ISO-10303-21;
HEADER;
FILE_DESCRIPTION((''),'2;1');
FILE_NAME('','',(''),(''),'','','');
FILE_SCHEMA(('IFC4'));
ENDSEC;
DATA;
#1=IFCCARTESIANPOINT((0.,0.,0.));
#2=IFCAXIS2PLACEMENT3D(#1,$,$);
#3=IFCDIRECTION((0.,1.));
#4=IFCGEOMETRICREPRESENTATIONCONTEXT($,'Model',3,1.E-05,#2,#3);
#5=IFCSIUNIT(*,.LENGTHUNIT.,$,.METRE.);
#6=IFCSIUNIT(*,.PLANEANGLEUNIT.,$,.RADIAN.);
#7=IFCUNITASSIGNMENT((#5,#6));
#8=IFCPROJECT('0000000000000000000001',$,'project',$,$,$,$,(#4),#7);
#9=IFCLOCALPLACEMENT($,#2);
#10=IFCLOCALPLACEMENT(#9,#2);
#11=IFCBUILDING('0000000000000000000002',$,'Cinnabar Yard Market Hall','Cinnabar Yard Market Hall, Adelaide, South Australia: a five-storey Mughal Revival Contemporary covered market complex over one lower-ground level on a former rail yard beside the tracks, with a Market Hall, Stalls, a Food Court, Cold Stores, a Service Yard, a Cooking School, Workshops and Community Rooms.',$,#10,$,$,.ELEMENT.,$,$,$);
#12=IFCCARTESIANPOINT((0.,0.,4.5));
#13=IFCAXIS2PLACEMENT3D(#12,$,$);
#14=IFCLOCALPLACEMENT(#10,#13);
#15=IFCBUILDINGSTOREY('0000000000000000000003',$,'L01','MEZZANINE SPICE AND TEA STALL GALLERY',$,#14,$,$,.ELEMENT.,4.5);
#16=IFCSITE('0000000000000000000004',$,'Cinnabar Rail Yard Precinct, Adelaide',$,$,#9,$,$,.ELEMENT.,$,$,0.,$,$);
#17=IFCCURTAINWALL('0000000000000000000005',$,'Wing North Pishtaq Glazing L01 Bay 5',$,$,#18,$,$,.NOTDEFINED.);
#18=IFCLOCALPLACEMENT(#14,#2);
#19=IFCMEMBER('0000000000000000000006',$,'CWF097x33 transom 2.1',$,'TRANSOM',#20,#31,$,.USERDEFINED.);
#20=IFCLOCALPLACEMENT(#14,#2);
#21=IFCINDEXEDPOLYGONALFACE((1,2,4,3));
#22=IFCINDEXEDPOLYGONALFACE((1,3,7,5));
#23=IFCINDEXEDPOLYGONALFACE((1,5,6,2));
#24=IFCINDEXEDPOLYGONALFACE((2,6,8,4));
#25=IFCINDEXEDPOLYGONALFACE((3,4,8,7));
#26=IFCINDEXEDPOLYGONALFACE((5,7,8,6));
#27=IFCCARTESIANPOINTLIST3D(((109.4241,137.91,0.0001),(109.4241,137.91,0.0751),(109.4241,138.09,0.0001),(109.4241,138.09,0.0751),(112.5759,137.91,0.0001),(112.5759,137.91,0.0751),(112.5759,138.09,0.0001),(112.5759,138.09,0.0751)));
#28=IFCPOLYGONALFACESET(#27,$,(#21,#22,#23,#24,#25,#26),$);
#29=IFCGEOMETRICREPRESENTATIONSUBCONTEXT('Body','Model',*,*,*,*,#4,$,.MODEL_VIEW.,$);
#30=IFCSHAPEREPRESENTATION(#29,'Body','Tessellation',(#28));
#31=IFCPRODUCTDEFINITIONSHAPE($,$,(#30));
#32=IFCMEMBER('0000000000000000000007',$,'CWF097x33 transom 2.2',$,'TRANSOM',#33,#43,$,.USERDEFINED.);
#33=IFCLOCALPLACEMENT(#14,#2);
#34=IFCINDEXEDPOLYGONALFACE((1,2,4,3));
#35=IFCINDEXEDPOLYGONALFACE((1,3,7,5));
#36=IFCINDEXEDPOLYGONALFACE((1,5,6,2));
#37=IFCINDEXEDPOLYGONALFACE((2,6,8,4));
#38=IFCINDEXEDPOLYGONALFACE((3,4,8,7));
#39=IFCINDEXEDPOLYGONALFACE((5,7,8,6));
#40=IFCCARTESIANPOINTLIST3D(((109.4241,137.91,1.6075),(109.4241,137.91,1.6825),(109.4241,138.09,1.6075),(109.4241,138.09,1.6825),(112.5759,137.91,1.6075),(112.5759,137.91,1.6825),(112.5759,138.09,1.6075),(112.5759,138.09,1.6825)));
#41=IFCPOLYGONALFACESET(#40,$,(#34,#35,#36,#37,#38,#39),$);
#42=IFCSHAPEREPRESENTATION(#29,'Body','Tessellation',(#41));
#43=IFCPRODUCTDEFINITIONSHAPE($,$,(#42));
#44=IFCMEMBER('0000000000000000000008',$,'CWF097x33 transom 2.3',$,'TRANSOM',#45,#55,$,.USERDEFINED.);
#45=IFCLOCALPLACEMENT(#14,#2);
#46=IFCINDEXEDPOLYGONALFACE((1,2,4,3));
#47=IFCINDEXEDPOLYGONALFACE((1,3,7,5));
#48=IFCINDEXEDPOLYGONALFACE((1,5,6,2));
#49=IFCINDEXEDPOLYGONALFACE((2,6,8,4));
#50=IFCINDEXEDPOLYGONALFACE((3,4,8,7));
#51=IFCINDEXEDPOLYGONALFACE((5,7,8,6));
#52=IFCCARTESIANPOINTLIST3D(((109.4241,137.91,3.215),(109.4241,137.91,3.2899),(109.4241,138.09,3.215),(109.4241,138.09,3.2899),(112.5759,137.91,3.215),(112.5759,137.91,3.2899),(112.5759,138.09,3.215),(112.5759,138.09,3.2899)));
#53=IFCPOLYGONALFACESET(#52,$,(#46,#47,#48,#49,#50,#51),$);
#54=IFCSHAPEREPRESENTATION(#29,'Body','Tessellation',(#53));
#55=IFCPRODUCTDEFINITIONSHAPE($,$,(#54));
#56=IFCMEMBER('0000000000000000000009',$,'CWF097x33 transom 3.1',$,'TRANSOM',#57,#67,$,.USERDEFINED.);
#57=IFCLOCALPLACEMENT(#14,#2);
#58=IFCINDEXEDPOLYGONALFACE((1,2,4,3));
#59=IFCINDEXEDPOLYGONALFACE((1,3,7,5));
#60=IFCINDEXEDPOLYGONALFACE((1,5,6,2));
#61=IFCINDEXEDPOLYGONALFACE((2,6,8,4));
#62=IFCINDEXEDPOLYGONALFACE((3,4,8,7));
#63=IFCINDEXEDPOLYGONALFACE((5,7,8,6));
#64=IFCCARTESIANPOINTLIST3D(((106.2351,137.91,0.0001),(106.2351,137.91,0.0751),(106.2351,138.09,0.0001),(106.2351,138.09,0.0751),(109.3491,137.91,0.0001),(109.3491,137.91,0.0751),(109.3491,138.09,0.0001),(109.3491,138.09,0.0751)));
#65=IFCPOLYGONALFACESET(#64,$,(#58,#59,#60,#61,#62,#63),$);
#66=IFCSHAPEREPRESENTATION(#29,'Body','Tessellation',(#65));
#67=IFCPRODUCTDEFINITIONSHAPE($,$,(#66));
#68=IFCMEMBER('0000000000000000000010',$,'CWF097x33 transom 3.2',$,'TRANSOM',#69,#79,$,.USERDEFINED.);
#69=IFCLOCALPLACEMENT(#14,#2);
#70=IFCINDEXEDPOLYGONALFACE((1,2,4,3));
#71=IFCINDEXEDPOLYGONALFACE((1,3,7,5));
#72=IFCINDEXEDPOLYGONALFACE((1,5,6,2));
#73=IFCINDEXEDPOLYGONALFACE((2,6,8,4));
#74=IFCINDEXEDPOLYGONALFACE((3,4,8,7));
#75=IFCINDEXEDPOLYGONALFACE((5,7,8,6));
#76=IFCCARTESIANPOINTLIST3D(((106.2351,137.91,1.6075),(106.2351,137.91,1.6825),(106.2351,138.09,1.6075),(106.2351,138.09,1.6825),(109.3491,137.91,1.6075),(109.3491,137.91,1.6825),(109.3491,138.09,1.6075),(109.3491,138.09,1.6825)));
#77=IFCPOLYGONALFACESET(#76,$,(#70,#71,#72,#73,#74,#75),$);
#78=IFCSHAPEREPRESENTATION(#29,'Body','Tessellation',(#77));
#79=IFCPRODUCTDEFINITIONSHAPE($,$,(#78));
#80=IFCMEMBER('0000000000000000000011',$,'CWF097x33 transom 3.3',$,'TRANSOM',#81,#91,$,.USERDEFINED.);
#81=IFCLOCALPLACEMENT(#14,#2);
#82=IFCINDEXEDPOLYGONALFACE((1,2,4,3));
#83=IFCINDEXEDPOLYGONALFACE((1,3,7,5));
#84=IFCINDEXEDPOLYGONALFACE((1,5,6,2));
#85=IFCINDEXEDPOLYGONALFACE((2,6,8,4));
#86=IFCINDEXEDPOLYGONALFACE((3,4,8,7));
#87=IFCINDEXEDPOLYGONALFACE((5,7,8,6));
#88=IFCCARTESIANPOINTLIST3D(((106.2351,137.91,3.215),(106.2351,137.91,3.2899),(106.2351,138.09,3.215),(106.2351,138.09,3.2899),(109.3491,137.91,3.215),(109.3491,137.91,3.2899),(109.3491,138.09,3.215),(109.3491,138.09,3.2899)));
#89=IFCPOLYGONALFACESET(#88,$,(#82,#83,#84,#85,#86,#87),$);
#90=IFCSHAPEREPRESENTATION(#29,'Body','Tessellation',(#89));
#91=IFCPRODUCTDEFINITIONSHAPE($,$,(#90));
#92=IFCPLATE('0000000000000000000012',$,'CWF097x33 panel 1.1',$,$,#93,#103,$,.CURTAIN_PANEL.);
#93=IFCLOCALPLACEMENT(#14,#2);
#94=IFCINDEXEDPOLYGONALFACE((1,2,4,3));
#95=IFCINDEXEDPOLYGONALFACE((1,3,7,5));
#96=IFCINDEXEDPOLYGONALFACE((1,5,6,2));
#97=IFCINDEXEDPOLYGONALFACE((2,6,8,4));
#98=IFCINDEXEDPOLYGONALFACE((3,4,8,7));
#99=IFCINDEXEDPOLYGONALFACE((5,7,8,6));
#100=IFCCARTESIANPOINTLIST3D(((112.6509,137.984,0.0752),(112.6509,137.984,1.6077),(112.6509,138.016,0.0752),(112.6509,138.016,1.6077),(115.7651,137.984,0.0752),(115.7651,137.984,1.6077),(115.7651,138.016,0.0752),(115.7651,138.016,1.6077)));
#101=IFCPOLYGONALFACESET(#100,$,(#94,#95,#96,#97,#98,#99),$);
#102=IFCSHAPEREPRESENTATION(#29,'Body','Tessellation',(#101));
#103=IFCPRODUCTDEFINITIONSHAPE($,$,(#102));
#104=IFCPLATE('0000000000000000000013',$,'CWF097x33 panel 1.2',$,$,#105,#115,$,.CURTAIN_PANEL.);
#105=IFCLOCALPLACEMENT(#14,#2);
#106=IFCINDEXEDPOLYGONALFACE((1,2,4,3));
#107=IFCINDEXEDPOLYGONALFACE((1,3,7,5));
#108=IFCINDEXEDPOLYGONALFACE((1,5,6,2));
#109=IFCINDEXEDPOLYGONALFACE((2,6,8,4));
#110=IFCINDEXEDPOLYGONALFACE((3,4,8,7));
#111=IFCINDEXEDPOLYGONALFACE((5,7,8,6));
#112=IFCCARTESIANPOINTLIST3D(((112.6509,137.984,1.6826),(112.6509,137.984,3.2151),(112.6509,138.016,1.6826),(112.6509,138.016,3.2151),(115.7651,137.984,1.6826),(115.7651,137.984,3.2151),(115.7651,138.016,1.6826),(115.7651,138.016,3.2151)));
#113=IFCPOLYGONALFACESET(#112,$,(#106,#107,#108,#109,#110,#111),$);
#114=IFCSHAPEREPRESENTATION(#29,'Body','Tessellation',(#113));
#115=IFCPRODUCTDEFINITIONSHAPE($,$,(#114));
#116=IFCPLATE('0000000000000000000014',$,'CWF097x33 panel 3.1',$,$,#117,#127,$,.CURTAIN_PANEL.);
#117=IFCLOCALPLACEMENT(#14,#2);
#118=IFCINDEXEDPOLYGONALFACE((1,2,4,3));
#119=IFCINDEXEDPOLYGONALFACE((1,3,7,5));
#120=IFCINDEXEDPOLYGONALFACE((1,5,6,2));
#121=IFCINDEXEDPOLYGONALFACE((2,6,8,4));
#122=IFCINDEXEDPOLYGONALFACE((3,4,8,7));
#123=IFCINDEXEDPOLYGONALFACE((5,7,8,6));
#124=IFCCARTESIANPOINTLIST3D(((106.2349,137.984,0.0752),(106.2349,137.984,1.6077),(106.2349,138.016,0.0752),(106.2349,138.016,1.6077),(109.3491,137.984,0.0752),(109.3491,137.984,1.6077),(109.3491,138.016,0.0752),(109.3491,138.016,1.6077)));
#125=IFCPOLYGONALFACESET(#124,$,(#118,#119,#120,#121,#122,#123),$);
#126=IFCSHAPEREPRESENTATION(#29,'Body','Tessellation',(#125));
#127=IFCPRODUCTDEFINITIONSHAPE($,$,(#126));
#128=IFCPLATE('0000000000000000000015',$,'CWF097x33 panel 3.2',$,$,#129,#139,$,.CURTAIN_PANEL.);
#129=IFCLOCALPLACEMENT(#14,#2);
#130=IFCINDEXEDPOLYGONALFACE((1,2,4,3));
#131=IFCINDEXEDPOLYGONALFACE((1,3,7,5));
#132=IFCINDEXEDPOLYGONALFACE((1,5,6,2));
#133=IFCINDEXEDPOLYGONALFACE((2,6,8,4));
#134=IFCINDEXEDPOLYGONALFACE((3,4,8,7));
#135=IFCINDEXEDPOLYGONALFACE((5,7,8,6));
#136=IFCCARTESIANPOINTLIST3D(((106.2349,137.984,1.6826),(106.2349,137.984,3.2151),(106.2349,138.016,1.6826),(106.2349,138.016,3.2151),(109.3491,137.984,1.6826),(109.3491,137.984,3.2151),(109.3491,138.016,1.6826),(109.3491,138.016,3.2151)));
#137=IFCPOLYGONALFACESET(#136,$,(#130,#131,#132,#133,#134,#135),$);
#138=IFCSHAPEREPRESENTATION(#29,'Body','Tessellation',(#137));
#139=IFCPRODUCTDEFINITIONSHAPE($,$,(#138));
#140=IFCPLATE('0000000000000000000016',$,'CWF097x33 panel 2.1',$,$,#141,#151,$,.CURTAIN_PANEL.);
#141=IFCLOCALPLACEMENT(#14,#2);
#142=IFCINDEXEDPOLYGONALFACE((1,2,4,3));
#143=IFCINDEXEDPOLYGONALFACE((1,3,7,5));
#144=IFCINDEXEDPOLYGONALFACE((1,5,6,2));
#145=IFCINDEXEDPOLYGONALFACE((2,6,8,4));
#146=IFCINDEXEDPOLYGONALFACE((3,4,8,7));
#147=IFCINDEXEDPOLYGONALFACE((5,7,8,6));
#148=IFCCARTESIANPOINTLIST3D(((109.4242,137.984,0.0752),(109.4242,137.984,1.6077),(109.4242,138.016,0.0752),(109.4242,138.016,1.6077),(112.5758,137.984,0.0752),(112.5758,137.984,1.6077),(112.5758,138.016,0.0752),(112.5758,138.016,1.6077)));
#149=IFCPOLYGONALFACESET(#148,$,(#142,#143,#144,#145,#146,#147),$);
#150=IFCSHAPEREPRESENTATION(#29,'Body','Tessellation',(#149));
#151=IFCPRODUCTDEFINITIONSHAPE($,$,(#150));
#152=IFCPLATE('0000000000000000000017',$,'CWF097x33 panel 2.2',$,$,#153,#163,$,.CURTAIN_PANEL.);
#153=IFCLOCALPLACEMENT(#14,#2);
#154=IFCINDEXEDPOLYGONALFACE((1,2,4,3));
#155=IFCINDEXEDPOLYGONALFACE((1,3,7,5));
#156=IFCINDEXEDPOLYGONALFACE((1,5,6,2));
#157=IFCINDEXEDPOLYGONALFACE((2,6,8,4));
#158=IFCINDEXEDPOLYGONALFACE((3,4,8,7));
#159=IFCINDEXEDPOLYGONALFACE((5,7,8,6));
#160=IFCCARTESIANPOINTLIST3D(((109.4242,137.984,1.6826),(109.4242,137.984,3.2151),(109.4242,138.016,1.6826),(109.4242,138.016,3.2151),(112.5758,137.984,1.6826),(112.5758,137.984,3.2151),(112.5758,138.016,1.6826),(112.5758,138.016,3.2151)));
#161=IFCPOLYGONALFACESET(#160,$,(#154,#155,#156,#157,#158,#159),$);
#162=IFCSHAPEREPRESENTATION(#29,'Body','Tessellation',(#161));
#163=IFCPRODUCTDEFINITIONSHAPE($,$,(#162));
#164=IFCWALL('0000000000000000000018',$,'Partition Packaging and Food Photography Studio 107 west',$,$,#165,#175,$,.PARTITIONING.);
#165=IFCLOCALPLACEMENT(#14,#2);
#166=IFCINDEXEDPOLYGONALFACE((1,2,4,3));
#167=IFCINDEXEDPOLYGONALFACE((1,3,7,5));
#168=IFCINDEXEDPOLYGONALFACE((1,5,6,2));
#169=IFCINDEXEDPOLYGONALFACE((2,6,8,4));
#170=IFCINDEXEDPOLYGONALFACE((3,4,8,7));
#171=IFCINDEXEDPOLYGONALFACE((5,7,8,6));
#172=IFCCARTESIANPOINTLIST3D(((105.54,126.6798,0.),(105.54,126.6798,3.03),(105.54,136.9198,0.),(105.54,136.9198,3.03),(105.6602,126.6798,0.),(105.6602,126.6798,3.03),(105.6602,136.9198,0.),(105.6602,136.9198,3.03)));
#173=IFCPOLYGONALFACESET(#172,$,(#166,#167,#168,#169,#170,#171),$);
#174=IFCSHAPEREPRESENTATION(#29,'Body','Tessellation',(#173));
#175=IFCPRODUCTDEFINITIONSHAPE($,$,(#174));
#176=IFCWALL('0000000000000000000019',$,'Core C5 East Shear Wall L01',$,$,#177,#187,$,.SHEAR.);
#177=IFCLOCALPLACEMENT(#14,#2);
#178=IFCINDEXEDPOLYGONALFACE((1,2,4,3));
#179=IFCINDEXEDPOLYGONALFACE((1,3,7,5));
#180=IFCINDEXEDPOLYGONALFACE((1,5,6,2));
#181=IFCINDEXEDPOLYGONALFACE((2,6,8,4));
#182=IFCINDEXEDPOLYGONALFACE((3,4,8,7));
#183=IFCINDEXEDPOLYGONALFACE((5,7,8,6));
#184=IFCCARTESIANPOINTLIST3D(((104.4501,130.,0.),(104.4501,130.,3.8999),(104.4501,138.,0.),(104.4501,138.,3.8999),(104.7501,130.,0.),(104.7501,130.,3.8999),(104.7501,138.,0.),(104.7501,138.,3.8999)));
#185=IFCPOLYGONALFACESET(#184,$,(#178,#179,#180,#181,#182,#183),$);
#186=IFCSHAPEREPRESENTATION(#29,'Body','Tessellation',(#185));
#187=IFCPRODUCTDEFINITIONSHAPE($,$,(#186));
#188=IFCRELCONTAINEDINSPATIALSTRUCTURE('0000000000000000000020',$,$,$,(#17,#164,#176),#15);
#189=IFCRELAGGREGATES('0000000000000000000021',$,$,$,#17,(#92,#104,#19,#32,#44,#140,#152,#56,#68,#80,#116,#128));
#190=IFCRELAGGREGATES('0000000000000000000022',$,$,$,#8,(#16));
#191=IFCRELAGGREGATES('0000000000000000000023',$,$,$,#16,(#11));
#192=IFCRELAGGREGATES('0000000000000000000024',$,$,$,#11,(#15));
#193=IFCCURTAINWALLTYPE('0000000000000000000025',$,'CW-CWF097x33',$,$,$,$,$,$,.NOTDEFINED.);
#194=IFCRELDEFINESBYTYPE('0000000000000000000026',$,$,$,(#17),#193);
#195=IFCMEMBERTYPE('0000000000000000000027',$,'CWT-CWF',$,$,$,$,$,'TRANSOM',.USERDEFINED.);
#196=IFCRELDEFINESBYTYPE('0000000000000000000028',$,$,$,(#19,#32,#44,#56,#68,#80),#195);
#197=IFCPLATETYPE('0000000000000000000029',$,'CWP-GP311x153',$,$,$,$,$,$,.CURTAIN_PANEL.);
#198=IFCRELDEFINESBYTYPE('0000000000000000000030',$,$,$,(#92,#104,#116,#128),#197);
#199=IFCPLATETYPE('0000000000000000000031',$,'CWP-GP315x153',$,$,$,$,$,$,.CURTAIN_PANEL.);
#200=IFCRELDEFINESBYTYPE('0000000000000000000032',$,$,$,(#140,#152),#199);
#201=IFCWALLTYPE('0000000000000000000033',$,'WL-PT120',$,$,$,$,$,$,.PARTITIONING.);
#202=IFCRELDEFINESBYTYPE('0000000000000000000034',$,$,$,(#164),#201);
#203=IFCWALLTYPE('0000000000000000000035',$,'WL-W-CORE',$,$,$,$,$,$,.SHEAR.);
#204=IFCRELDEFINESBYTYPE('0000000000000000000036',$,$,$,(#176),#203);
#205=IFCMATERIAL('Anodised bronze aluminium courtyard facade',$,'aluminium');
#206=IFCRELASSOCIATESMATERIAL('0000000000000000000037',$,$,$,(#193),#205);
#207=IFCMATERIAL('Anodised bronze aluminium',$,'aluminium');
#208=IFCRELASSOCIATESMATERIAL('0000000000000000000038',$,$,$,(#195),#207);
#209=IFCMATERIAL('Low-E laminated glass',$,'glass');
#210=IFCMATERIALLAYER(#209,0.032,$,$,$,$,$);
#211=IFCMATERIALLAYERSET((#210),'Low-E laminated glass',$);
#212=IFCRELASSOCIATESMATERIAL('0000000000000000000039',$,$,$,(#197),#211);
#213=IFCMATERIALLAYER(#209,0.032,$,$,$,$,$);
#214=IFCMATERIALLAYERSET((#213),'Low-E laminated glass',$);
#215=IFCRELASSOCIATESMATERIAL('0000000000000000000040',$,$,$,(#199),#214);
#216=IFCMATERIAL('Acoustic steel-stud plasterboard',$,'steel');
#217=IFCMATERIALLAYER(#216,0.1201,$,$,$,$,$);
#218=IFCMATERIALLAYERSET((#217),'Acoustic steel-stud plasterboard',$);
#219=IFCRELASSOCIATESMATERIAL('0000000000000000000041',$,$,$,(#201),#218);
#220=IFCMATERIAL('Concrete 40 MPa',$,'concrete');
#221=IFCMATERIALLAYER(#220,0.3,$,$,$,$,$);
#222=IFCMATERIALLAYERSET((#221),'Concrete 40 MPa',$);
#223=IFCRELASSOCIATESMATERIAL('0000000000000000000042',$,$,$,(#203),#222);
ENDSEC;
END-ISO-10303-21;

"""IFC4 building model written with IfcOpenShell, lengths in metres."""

from ifc_helpers import new_model, si_unit, direction, frame, frame_2d, origin, origin_2d_with_axis, place, context, subcontext, project, spatial, rectangle, extrude, material, layer, layer_set, material_profile, profile_set, type_object, element, aggregate, save


model = new_model("IFC4")

# Units and contexts
model_context = context("Model", 3, precision=1e-05, world=origin(), true_north=direction((0.0, 1.0)))
body_context = subcontext(model_context, "Body", "Model", "MODEL_VIEW")
ifc_project = project(units=[si_unit("LENGTHUNIT", "METRE"), si_unit("PLANEANGLEUNIT", "RADIAN")], contexts=[model_context])

# Site, building, storey
site_placement = place(None, origin())
site = spatial("IfcSite", under=ifc_project, at=site_placement, Name="Cinnabar Rail Yard Precinct, Adelaide", CompositionType="ELEMENT", RefElevation=0.0)
building_placement = place(site_placement, origin())
building = spatial("IfcBuilding", under=site, at=building_placement, Name="Cinnabar Yard Market Hall", Description="Cinnabar Yard Market Hall, Adelaide, South Australia: a five-storey Mughal Revival Contemporary covered market complex over one lower-ground level on a former rail yard beside the tracks, with a Market Hall, Stalls, a Food Court, Cold Stores, a Service Yard, a Cooking School, Workshops and Community Rooms.", CompositionType="ELEMENT")
storey_placement = place(building_placement, frame((0.0, 0.0, 4.5)))
storey = spatial("IfcBuildingStorey", under=building, at=storey_placement, Name="L01", Description="MEZZANINE SPICE AND TEA STALL GALLERY", CompositionType="ELEMENT", Elevation=4.5)

# Shared definitions
ifc_material_1 = material(Name="Concrete 40 MPa", Category="concrete")

# Curtain wall, members, plates
ifc_material_2 = material(Name="Anodised bronze aluminium courtyard facade", Category="aluminium")
curtain_wall_type = type_object("IfcCurtainWallType", Name="CW-CWF097x33", PredefinedType="NOTDEFINED", material=ifc_material_2)
curtain_wall_placement = place(storey_placement, origin())
curtain_wall = element("IfcCurtainWall", 1, at=curtain_wall_placement, inside=storey, type_object=curtain_wall_type, Name="Wing North Pishtaq Glazing L01 Bay 5", PredefinedType="NOTDEFINED")
ifc_material_3 = material(Name="Anodised bronze aluminium", Category="aluminium")
ifc_material_profile_1 = material_profile(ifc_material_3, rectangle(XDim=0.1799, YDim=0.075, at=origin_2d_with_axis()), Name="TRN-CWF")
ifc_profile_set_1 = profile_set([ifc_material_profile_1], Name="Anodised bronze aluminium")
member_type_1 = type_object("IfcMemberType", Name="CWT-CWF", ElementType="TRANSOM", PredefinedType="USERDEFINED", material=ifc_profile_set_1)
member_1_placement = place(storey_placement, frame((112.5759, 138.0, 0.0376), z_axis=(-1.0, 0.0, 0.0), x_axis=(0.0, -1.0, 0.0)))
member_1 = element("IfcMember", 2, at=member_1_placement, type_object=member_type_1, Name="CWF097x33 transom 2.1", ObjectType="TRANSOM", PredefinedType="USERDEFINED", context=body_context, shape_type="SweptSolid", body=[
    extrude(rectangle(XDim=0.1799, YDim=0.075, at=origin_2d_with_axis()), origin(), (0.0, 0.0, 1.0), 3.1519),
])
member_2_placement = place(storey_placement, frame((112.5759, 138.0, 1.645), z_axis=(-1.0, 0.0, 0.0), x_axis=(0.0, -1.0, 0.0)))
member_2 = element("IfcMember", 3, at=member_2_placement, type_object=member_type_1, Name="CWF097x33 transom 2.2", ObjectType="TRANSOM", PredefinedType="USERDEFINED", context=body_context, shape_type="SweptSolid", body=[
    extrude(rectangle(XDim=0.1799, YDim=0.075, at=origin_2d_with_axis()), origin(), (0.0, 0.0, 1.0), 3.1519),
])
member_3_placement = place(storey_placement, frame((112.5759, 138.0, 3.2524), z_axis=(-1.0, 0.0, 0.0), x_axis=(0.0, -1.0, 0.0)))
member_3 = element("IfcMember", 4, at=member_3_placement, type_object=member_type_1, Name="CWF097x33 transom 2.3", ObjectType="TRANSOM", PredefinedType="USERDEFINED", context=body_context, shape_type="SweptSolid", body=[
    extrude(rectangle(XDim=0.1799, YDim=0.075, at=origin_2d_with_axis()), origin(), (0.0, 0.0, 1.0), 3.1519),
])
member_4_placement = place(storey_placement, frame((109.3491, 138.0, 0.0376), z_axis=(-1.0, 0.0, 0.0), x_axis=(0.0, -1.0, 0.0)))
member_4 = element("IfcMember", 5, at=member_4_placement, type_object=member_type_1, Name="CWF097x33 transom 3.1", ObjectType="TRANSOM", PredefinedType="USERDEFINED", context=body_context, shape_type="SweptSolid", body=[
    extrude(rectangle(XDim=0.1799, YDim=0.075, at=origin_2d_with_axis()), origin(), (0.0, 0.0, 1.0), 3.114),
])
member_5_placement = place(storey_placement, frame((109.3491, 138.0, 1.645), z_axis=(-1.0, 0.0, 0.0), x_axis=(0.0, -1.0, 0.0)))
member_5 = element("IfcMember", 6, at=member_5_placement, type_object=member_type_1, Name="CWF097x33 transom 3.2", ObjectType="TRANSOM", PredefinedType="USERDEFINED", context=body_context, shape_type="SweptSolid", body=[
    extrude(rectangle(XDim=0.1799, YDim=0.075, at=origin_2d_with_axis()), origin(), (0.0, 0.0, 1.0), 3.114),
])
member_6_placement = place(storey_placement, frame((109.3491, 138.0, 3.2524), z_axis=(-1.0, 0.0, 0.0), x_axis=(0.0, -1.0, 0.0)))
member_6 = element("IfcMember", 7, at=member_6_placement, type_object=member_type_1, Name="CWF097x33 transom 3.3", ObjectType="TRANSOM", PredefinedType="USERDEFINED", context=body_context, shape_type="SweptSolid", body=[
    extrude(rectangle(XDim=0.1799, YDim=0.075, at=origin_2d_with_axis()), origin(), (0.0, 0.0, 1.0), 3.114),
])
ifc_material_4 = material(Name="Low-E laminated glass", Category="glass")
ifc_layer_1 = layer(ifc_material_4, 0.032)
ifc_layer_set_1 = layer_set([ifc_layer_1], Name="Low-E laminated glass")
plate_type_1 = type_object("IfcPlateType", Name="CWP-GP311x153", PredefinedType="CURTAIN_PANEL", material=ifc_layer_set_1)
plate_1_placement = place(storey_placement, frame((114.208, 138.0, 0.0752), z_axis=(0.0, 0.0, 1.0), x_axis=(-1.0, 0.0, 0.0)))
plate_1 = element("IfcPlate", 8, at=plate_1_placement, type_object=plate_type_1, Name="CWF097x33 panel 1.1", PredefinedType="CURTAIN_PANEL", context=body_context, shape_type="SweptSolid", body=[
    extrude(rectangle(XDim=3.1143, YDim=0.032, at=origin_2d_with_axis()), origin(), (0.0, 0.0, 1.0), 1.5325),
])
plate_2_placement = place(storey_placement, frame((114.208, 138.0, 1.6826), z_axis=(0.0, 0.0, 1.0), x_axis=(-1.0, 0.0, 0.0)))
plate_2 = element("IfcPlate", 9, at=plate_2_placement, type_object=plate_type_1, Name="CWF097x33 panel 1.2", PredefinedType="CURTAIN_PANEL", context=body_context, shape_type="SweptSolid", body=[
    extrude(rectangle(XDim=3.1143, YDim=0.032, at=origin_2d_with_axis()), origin(), (0.0, 0.0, 1.0), 1.5325),
])
plate_3_placement = place(storey_placement, frame((107.792, 138.0, 0.0752), z_axis=(0.0, 0.0, 1.0), x_axis=(-1.0, 0.0, 0.0)))
plate_3 = element("IfcPlate", 10, at=plate_3_placement, type_object=plate_type_1, Name="CWF097x33 panel 3.1", PredefinedType="CURTAIN_PANEL", context=body_context, shape_type="SweptSolid", body=[
    extrude(rectangle(XDim=3.1143, YDim=0.032, at=origin_2d_with_axis()), origin(), (0.0, 0.0, 1.0), 1.5325),
])
plate_4_placement = place(storey_placement, frame((107.792, 138.0, 1.6826), z_axis=(0.0, 0.0, 1.0), x_axis=(-1.0, 0.0, 0.0)))
plate_4 = element("IfcPlate", 11, at=plate_4_placement, type_object=plate_type_1, Name="CWF097x33 panel 3.2", PredefinedType="CURTAIN_PANEL", context=body_context, shape_type="SweptSolid", body=[
    extrude(rectangle(XDim=3.1143, YDim=0.032, at=origin_2d_with_axis()), origin(), (0.0, 0.0, 1.0), 1.5325),
])
ifc_layer_2 = layer(ifc_material_4, 0.032)
ifc_layer_set_2 = layer_set([ifc_layer_2], Name="Low-E laminated glass")
plate_type_2 = type_object("IfcPlateType", Name="CWP-GP315x153", PredefinedType="CURTAIN_PANEL", material=ifc_layer_set_2)
plate_5_placement = place(storey_placement, frame((111.0, 138.0, 0.0752), z_axis=(0.0, 0.0, 1.0), x_axis=(-1.0, 0.0, 0.0)))
plate_5 = element("IfcPlate", 12, at=plate_5_placement, type_object=plate_type_2, Name="CWF097x33 panel 2.1", PredefinedType="CURTAIN_PANEL", context=body_context, shape_type="SweptSolid", body=[
    extrude(rectangle(XDim=3.1516, YDim=0.032, at=origin_2d_with_axis()), origin(), (0.0, 0.0, 1.0), 1.5325),
])
plate_6_placement = place(storey_placement, frame((111.0, 138.0, 1.6826), z_axis=(0.0, 0.0, 1.0), x_axis=(-1.0, 0.0, 0.0)))
plate_6 = element("IfcPlate", 13, at=plate_6_placement, type_object=plate_type_2, Name="CWF097x33 panel 2.2", PredefinedType="CURTAIN_PANEL", context=body_context, shape_type="SweptSolid", body=[
    extrude(rectangle(XDim=3.1516, YDim=0.032, at=origin_2d_with_axis()), origin(), (0.0, 0.0, 1.0), 1.5325),
])
aggregate(curtain_wall, [plate_1, plate_2, member_1, member_2, member_3, plate_5, plate_6, member_4, member_5, member_6, plate_3, plate_4])

# Walls
ifc_material_5 = material(Name="Acoustic steel-stud plasterboard", Category="steel")
ifc_layer_3 = layer(ifc_material_5, 0.1201)
ifc_layer_set_3 = layer_set([ifc_layer_3], Name="Acoustic steel-stud plasterboard")
wall_type_1 = type_object("IfcWallType", Name="WL-PT120", PredefinedType="PARTITIONING", material=ifc_layer_set_3)
wall_1_placement = place(storey_placement, frame((105.6001, 136.9199, 0.0), z_axis=(0.0, 0.0, 1.0), x_axis=(0.0, -1.0, 0.0)))
element("IfcWall", 14, at=wall_1_placement, inside=storey, type_object=wall_type_1, Name="Partition Packaging and Food Photography Studio 107 west", PredefinedType="PARTITIONING", context=body_context, shape_type="SweptSolid", body=[
    extrude(rectangle(XDim=10.24, YDim=0.1201, at=frame_2d((5.1201, 0.0), x_axis=(1.0, 0.0))), origin(), (0.0, 0.0, 1.0), 3.03),
])
ifc_layer_4 = layer(ifc_material_1, 0.3)
ifc_layer_set_4 = layer_set([ifc_layer_4], Name="Concrete 40 MPa")
wall_type_2 = type_object("IfcWallType", Name="WL-W-CORE", PredefinedType="SHEAR", material=ifc_layer_set_4)
wall_2_placement = place(storey_placement, frame((104.6001, 130.0, 0.0), z_axis=(0.0, 0.0, 1.0), x_axis=(0.0, 1.0, 0.0)))
element("IfcWall", 15, at=wall_2_placement, inside=storey, type_object=wall_type_2, Name="Core C5 East Shear Wall L01", PredefinedType="SHEAR", context=body_context, shape_type="SweptSolid", body=[
    extrude(rectangle(XDim=8.0, YDim=0.3, at=frame_2d((4.0, 0.0), x_axis=(1.0, 0.0))), origin(), (0.0, 0.0, 1.0), 3.8999),
])

save(model, "model.ifc")
